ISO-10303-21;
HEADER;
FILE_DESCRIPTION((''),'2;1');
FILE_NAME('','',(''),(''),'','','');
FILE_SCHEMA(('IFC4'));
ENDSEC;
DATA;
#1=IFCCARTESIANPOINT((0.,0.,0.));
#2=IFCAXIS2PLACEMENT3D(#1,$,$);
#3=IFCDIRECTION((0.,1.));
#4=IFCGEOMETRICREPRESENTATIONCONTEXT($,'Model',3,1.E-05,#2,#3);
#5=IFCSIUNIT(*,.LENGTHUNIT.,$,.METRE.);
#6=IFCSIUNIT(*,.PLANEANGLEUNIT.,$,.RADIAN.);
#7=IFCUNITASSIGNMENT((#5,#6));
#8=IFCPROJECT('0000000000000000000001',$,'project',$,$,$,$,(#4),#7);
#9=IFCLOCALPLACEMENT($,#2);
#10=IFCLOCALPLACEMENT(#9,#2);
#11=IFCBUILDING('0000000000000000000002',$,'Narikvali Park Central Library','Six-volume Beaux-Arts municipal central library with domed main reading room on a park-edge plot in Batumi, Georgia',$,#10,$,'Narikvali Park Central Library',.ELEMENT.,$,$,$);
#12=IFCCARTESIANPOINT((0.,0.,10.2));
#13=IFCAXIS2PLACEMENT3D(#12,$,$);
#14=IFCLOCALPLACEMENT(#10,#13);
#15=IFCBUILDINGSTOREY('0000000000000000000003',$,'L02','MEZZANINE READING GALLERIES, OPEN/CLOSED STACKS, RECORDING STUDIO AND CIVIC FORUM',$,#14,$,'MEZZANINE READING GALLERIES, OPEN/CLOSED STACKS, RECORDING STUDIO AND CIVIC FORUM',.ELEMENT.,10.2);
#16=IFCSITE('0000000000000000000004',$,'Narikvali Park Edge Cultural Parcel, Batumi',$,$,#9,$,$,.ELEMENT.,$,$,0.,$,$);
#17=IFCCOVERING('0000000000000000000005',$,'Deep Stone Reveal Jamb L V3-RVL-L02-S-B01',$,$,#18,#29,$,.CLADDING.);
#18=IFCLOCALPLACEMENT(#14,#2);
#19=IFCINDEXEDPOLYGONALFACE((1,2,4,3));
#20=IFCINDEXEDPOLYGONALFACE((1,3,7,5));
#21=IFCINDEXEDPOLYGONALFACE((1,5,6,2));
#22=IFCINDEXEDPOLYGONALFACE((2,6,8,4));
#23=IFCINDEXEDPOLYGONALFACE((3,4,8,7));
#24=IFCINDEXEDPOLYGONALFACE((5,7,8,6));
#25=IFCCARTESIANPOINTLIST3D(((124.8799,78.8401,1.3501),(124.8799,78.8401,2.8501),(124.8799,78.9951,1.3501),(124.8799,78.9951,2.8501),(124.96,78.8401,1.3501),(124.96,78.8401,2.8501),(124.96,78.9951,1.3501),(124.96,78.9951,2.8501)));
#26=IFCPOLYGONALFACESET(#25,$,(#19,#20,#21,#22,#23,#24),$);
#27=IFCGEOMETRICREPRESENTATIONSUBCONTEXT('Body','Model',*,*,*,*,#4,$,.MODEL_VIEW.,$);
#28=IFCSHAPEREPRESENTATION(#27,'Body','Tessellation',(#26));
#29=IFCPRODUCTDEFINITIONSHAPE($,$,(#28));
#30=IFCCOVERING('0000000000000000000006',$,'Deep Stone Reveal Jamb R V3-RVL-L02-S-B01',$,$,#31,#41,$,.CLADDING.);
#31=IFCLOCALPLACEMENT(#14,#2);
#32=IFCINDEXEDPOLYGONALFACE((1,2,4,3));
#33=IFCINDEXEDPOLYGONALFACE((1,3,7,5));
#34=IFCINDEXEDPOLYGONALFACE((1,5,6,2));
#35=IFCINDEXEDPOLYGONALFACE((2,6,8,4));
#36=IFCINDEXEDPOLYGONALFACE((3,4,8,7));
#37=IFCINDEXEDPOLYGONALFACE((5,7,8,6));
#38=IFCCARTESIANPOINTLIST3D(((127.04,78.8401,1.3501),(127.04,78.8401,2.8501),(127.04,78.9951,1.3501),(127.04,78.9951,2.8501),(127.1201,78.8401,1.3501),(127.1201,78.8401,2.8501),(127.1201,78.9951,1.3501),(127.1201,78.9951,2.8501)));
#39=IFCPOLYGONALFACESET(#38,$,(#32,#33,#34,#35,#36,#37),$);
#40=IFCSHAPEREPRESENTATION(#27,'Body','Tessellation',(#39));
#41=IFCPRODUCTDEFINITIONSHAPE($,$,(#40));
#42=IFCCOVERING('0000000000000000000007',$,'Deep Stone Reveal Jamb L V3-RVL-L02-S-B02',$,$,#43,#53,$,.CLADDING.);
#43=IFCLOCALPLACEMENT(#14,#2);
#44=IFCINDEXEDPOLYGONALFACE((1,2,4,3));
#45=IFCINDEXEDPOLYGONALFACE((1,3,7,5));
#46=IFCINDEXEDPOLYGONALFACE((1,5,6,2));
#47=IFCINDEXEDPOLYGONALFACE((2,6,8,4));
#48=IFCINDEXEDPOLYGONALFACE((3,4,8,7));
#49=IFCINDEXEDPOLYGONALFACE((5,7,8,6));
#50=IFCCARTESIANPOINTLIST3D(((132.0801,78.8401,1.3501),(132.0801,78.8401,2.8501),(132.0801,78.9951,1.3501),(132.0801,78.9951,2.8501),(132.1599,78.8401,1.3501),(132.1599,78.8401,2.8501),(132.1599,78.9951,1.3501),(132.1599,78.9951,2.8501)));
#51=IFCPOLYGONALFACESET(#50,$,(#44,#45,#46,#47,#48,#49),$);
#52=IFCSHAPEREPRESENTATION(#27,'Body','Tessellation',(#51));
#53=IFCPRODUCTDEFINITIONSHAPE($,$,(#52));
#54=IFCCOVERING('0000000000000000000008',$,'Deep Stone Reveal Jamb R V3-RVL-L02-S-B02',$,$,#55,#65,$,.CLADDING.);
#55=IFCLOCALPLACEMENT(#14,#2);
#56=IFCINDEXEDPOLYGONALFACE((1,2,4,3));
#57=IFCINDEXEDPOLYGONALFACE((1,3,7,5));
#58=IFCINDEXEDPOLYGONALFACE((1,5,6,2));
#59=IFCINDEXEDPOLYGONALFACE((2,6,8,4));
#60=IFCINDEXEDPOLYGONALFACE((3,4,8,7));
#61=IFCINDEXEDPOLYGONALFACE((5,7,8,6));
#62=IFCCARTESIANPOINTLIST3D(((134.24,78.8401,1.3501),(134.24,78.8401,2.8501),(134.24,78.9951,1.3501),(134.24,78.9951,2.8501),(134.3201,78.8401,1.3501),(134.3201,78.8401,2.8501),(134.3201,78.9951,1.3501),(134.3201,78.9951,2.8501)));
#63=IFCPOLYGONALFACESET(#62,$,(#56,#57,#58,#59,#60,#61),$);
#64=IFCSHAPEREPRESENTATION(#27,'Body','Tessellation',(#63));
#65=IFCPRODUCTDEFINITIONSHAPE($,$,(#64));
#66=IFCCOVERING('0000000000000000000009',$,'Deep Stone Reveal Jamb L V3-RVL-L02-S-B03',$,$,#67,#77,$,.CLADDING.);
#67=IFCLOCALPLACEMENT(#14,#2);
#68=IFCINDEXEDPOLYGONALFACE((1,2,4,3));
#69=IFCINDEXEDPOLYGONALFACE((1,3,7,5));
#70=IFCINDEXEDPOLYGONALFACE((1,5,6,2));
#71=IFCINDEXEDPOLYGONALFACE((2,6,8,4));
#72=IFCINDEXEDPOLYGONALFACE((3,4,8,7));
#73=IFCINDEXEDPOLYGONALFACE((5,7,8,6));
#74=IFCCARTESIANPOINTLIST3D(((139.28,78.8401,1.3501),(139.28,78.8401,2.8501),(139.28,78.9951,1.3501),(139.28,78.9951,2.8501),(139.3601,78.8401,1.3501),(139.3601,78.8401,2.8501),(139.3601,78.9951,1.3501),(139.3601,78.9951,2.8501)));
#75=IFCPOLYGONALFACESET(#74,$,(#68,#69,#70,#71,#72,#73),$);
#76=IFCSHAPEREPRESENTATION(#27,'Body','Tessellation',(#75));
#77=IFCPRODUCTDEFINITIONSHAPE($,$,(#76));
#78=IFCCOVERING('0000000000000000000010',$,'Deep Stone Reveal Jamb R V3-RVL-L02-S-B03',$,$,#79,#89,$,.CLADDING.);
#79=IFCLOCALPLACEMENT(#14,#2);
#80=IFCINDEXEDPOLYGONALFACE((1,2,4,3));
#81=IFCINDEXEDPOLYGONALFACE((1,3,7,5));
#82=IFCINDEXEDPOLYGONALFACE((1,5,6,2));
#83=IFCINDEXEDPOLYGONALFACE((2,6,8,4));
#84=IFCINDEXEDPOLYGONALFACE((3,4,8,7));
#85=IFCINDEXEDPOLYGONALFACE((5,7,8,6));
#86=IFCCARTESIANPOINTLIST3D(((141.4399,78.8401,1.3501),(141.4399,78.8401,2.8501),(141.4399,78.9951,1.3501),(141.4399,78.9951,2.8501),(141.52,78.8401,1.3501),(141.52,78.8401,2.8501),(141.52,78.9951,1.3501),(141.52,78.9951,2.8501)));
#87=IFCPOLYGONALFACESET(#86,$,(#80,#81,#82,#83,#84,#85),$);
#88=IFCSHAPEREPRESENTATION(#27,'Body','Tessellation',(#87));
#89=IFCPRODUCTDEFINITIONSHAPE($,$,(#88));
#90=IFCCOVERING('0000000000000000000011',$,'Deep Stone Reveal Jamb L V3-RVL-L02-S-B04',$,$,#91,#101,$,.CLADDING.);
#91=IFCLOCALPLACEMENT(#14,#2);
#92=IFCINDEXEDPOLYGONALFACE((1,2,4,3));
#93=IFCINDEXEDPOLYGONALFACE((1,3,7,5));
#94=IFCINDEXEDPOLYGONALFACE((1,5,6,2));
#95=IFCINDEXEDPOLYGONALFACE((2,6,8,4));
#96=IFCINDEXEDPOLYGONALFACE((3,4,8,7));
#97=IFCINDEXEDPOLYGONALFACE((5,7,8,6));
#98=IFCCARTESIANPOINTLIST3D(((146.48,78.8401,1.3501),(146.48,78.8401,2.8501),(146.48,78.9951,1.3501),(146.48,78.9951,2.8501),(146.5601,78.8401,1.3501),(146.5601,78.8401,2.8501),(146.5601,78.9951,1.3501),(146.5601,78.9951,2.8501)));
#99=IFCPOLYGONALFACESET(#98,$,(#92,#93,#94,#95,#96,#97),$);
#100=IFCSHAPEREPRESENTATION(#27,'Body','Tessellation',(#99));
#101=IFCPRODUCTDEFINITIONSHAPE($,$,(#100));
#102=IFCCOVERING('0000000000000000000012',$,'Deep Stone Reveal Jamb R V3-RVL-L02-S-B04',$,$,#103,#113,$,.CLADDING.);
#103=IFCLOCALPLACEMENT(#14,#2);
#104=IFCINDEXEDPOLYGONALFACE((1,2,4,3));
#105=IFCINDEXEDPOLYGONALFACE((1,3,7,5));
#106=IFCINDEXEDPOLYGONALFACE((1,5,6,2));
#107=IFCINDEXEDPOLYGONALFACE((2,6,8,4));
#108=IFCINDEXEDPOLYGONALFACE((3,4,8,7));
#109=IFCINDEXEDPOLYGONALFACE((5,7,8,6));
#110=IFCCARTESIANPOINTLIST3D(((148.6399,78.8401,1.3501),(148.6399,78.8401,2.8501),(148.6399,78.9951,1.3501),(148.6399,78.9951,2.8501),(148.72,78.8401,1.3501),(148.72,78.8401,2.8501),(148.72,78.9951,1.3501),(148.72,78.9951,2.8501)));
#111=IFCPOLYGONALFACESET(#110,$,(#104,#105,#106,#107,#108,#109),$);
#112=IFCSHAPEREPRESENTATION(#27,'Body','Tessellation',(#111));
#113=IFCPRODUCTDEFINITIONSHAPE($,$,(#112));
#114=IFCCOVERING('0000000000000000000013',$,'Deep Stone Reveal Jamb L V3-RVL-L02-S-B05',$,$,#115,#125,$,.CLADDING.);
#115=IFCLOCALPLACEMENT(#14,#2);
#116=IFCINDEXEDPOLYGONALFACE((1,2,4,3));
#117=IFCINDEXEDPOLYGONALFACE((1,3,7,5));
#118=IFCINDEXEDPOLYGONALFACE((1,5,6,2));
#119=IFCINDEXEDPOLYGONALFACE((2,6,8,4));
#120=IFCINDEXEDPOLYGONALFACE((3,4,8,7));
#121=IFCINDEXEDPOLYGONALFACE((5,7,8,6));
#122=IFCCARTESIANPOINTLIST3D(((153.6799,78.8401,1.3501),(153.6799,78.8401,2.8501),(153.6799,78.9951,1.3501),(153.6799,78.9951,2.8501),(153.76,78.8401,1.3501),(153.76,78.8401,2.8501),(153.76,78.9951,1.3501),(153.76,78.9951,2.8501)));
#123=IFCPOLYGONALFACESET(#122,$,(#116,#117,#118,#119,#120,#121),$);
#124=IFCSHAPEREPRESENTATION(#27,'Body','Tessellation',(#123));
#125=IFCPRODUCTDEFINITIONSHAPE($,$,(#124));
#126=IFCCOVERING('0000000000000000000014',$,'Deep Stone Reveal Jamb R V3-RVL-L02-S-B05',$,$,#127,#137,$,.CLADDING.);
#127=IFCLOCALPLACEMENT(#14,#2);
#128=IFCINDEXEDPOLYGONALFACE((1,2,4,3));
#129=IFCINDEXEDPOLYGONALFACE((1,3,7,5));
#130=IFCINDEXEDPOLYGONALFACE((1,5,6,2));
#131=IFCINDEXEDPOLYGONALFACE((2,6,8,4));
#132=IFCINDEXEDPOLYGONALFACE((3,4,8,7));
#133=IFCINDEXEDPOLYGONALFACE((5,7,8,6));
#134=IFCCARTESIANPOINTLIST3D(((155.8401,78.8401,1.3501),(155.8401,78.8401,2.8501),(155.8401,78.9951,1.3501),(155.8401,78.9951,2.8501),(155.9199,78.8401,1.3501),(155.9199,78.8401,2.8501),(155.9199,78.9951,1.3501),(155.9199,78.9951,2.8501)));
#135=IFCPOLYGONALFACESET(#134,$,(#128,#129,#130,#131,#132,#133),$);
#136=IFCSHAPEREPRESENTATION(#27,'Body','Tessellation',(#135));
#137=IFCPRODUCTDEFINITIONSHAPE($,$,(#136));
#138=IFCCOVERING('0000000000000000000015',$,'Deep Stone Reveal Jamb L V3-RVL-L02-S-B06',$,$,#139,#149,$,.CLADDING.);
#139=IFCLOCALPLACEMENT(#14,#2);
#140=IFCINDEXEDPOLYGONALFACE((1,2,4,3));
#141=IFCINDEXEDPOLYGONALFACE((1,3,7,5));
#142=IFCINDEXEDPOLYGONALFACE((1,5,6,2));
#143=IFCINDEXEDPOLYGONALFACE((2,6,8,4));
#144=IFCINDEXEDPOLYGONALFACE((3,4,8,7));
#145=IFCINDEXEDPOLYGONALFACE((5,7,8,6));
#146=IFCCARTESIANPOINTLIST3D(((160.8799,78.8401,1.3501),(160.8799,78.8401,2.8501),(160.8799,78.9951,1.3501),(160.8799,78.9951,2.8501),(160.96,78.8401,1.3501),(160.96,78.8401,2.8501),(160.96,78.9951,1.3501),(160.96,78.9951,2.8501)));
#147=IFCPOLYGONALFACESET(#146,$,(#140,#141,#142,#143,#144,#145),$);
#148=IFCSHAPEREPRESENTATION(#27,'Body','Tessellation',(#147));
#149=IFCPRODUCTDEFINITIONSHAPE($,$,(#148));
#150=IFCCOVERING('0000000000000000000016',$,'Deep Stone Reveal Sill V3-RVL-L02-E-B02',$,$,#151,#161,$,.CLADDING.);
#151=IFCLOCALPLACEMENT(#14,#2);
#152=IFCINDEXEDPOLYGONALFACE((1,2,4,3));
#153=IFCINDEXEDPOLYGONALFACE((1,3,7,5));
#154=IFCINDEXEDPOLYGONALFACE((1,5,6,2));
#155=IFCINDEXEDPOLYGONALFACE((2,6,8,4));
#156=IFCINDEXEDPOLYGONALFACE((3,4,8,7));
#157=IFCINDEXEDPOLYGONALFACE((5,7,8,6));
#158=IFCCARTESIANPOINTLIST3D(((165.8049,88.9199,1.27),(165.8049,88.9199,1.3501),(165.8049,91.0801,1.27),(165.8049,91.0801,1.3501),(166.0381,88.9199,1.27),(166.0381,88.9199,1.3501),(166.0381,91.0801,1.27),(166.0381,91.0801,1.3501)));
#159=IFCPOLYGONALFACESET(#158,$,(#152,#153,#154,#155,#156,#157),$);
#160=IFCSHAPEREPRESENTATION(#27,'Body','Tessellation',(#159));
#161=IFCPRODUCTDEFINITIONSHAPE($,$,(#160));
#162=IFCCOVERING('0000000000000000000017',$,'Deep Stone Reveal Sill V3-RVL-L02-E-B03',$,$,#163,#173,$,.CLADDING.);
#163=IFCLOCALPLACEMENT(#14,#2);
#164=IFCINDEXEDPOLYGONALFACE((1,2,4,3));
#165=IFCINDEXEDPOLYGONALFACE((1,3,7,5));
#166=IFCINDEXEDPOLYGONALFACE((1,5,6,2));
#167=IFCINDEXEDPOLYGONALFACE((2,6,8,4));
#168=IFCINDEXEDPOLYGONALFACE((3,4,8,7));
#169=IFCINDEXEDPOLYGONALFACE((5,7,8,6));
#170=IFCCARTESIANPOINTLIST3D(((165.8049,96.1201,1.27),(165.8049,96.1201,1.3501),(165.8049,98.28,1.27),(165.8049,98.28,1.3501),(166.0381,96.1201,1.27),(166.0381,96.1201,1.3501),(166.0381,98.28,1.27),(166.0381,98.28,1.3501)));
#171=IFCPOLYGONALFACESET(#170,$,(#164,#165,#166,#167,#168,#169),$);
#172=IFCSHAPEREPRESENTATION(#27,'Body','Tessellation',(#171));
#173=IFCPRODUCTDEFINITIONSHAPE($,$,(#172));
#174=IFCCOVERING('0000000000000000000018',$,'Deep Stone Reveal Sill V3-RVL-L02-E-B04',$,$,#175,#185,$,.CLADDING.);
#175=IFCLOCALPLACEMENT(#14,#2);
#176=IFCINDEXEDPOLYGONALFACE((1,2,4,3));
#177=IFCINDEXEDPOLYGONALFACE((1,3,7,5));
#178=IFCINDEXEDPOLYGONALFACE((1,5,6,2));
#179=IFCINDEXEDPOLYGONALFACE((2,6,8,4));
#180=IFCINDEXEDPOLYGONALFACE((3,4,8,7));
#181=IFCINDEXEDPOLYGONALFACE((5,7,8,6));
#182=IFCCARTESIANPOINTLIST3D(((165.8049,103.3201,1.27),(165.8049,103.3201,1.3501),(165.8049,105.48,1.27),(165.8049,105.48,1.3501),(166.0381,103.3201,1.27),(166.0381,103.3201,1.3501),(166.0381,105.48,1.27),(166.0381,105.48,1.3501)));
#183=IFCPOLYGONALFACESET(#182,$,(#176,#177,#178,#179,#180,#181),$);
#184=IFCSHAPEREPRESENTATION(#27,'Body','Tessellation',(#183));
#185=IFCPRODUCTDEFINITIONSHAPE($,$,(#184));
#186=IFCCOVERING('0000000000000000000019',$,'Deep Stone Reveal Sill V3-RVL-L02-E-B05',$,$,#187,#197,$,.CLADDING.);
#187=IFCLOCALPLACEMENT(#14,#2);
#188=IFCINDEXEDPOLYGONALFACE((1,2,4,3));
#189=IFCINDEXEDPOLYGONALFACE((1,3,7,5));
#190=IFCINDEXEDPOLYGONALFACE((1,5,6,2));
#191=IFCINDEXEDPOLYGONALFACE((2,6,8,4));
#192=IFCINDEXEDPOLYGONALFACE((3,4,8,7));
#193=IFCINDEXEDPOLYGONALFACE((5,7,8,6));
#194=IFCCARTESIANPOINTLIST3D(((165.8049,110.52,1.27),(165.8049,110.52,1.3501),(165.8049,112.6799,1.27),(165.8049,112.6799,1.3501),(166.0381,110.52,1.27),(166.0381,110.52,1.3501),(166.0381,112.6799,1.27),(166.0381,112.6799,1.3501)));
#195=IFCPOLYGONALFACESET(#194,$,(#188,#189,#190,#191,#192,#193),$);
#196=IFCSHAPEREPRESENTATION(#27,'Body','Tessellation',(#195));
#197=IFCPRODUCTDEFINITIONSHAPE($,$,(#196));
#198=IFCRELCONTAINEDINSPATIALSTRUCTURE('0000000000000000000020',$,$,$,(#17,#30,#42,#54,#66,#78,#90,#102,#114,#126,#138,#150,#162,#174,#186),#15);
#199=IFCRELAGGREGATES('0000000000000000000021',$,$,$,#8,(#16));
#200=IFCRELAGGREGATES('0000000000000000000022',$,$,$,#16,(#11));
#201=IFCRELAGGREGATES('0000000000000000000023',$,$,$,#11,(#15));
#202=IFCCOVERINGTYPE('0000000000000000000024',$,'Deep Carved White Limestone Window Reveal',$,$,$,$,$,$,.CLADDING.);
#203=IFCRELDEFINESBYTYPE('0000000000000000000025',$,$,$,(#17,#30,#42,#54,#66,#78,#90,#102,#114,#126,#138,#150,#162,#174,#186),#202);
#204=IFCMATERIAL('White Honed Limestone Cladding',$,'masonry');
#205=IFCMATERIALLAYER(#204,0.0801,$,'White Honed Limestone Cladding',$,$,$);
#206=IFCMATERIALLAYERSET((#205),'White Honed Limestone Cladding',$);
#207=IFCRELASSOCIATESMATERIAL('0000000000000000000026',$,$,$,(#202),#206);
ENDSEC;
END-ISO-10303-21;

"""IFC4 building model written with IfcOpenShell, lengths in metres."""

from ifc_helpers import new_model, si_unit, direction, frame, origin, place, context, subcontext, project, spatial, polyline, outline, extrude, material, layer, layer_set, type_object, element, save


model = new_model("IFC4")

# Units and contexts
model_context = context("Model", 3, precision=1e-05, world=origin(), true_north=direction((0.0, 1.0)))
body_context = subcontext(model_context, "Body", "Model", "MODEL_VIEW")
ifc_project = project(units=[si_unit("LENGTHUNIT", "METRE"), si_unit("PLANEANGLEUNIT", "RADIAN")], contexts=[model_context])

# Site, building, storey
site_placement = place(None, origin())
site = spatial("IfcSite", under=ifc_project, at=site_placement, Name="Narikvali Park Edge Cultural Parcel, Batumi", CompositionType="ELEMENT", RefElevation=0.0)
building_placement = place(site_placement, origin())
building = spatial("IfcBuilding", under=site, at=building_placement, Name="Narikvali Park Central Library", Description="Six-volume Beaux-Arts municipal central library with domed main reading room on a park-edge plot in Batumi, Georgia", LongName="Narikvali Park Central Library", CompositionType="ELEMENT")
storey_placement = place(building_placement, frame((0.0, 0.0, 10.2)))
storey = spatial("IfcBuildingStorey", under=building, at=storey_placement, Name="L02", Description="MEZZANINE READING GALLERIES, OPEN/CLOSED STACKS, RECORDING STUDIO AND CIVIC FORUM", LongName="MEZZANINE READING GALLERIES, OPEN/CLOSED STACKS, RECORDING STUDIO AND CIVIC FORUM", CompositionType="ELEMENT", Elevation=10.2)

# Coverings
ifc_material = material(Name="White Honed Limestone Cladding", Category="masonry")
ifc_layer = layer(ifc_material, 0.0801, Name="White Honed Limestone Cladding")
ifc_layer_set = layer_set([ifc_layer], Name="White Honed Limestone Cladding")
covering_type = type_object("IfcCoveringType", Name="Deep Carved White Limestone Window Reveal", PredefinedType="CLADDING", material=ifc_layer_set)
covering_1_placement = place(storey_placement, frame((0.0, 0.0, 1.3501)))
element("IfcCovering", 1, at=covering_1_placement, inside=storey, type_object=covering_type, Name="Deep Stone Reveal Jamb L V3-RVL-L02-S-B01", PredefinedType="CLADDING", context=body_context, shape_type="SweptSolid", body=[
    extrude(outline(polyline([(124.8799, 78.9951), (124.96, 78.9951), (124.96, 78.8401), (124.8799, 78.8401), (124.8799, 78.9951)])), origin(), (0.0, 0.0, 1.0), 1.5),
])
covering_2_placement = place(storey_placement, frame((0.0, 0.0, 1.3501)))
element("IfcCovering", 2, at=covering_2_placement, inside=storey, type_object=covering_type, Name="Deep Stone Reveal Jamb R V3-RVL-L02-S-B01", PredefinedType="CLADDING", context=body_context, shape_type="SweptSolid", body=[
    extrude(outline(polyline([(127.04, 78.9951), (127.1201, 78.9951), (127.1201, 78.8401), (127.04, 78.8401), (127.04, 78.9951)])), origin(), (0.0, 0.0, 1.0), 1.5),
])
covering_3_placement = place(storey_placement, frame((0.0, 0.0, 1.3501)))
element("IfcCovering", 3, at=covering_3_placement, inside=storey, type_object=covering_type, Name="Deep Stone Reveal Jamb L V3-RVL-L02-S-B02", PredefinedType="CLADDING", context=body_context, shape_type="SweptSolid", body=[
    extrude(outline(polyline([(132.0801, 78.9951), (132.1599, 78.9951), (132.1599, 78.8401), (132.0801, 78.8401), (132.0801, 78.9951)])), origin(), (0.0, 0.0, 1.0), 1.5),
])
covering_4_placement = place(storey_placement, frame((0.0, 0.0, 1.3501)))
element("IfcCovering", 4, at=covering_4_placement, inside=storey, type_object=covering_type, Name="Deep Stone Reveal Jamb R V3-RVL-L02-S-B02", PredefinedType="CLADDING", context=body_context, shape_type="SweptSolid", body=[
    extrude(outline(polyline([(134.24, 78.9951), (134.3201, 78.9951), (134.3201, 78.8401), (134.24, 78.8401), (134.24, 78.9951)])), origin(), (0.0, 0.0, 1.0), 1.5),
])
covering_5_placement = place(storey_placement, frame((0.0, 0.0, 1.3501)))
element("IfcCovering", 5, at=covering_5_placement, inside=storey, type_object=covering_type, Name="Deep Stone Reveal Jamb L V3-RVL-L02-S-B03", PredefinedType="CLADDING", context=body_context, shape_type="SweptSolid", body=[
    extrude(outline(polyline([(139.28, 78.9951), (139.3601, 78.9951), (139.3601, 78.8401), (139.28, 78.8401), (139.28, 78.9951)])), origin(), (0.0, 0.0, 1.0), 1.5),
])
covering_6_placement = place(storey_placement, frame((0.0, 0.0, 1.3501)))
element("IfcCovering", 6, at=covering_6_placement, inside=storey, type_object=covering_type, Name="Deep Stone Reveal Jamb R V3-RVL-L02-S-B03", PredefinedType="CLADDING", context=body_context, shape_type="SweptSolid", body=[
    extrude(outline(polyline([(141.4399, 78.9951), (141.52, 78.9951), (141.52, 78.8401), (141.4399, 78.8401), (141.4399, 78.9951)])), origin(), (0.0, 0.0, 1.0), 1.5),
])
covering_7_placement = place(storey_placement, frame((0.0, 0.0, 1.3501)))
element("IfcCovering", 7, at=covering_7_placement, inside=storey, type_object=covering_type, Name="Deep Stone Reveal Jamb L V3-RVL-L02-S-B04", PredefinedType="CLADDING", context=body_context, shape_type="SweptSolid", body=[
    extrude(outline(polyline([(146.48, 78.9951), (146.5601, 78.9951), (146.5601, 78.8401), (146.48, 78.8401), (146.48, 78.9951)])), origin(), (0.0, 0.0, 1.0), 1.5),
])
covering_8_placement = place(storey_placement, frame((0.0, 0.0, 1.3501)))
element("IfcCovering", 8, at=covering_8_placement, inside=storey, type_object=covering_type, Name="Deep Stone Reveal Jamb R V3-RVL-L02-S-B04", PredefinedType="CLADDING", context=body_context, shape_type="SweptSolid", body=[
    extrude(outline(polyline([(148.6399, 78.9951), (148.72, 78.9951), (148.72, 78.8401), (148.6399, 78.8401), (148.6399, 78.9951)])), origin(), (0.0, 0.0, 1.0), 1.5),
])
covering_9_placement = place(storey_placement, frame((0.0, 0.0, 1.3501)))
element("IfcCovering", 9, at=covering_9_placement, inside=storey, type_object=covering_type, Name="Deep Stone Reveal Jamb L V3-RVL-L02-S-B05", PredefinedType="CLADDING", context=body_context, shape_type="SweptSolid", body=[
    extrude(outline(polyline([(153.6799, 78.9951), (153.76, 78.9951), (153.76, 78.8401), (153.6799, 78.8401), (153.6799, 78.9951)])), origin(), (0.0, 0.0, 1.0), 1.5),
])
covering_10_placement = place(storey_placement, frame((0.0, 0.0, 1.3501)))
element("IfcCovering", 10, at=covering_10_placement, inside=storey, type_object=covering_type, Name="Deep Stone Reveal Jamb R V3-RVL-L02-S-B05", PredefinedType="CLADDING", context=body_context, shape_type="SweptSolid", body=[
    extrude(outline(polyline([(155.8401, 78.9951), (155.9199, 78.9951), (155.9199, 78.8401), (155.8401, 78.8401), (155.8401, 78.9951)])), origin(), (0.0, 0.0, 1.0), 1.5),
])
covering_11_placement = place(storey_placement, frame((0.0, 0.0, 1.3501)))
element("IfcCovering", 11, at=covering_11_placement, inside=storey, type_object=covering_type, Name="Deep Stone Reveal Jamb L V3-RVL-L02-S-B06", PredefinedType="CLADDING", context=body_context, shape_type="SweptSolid", body=[
    extrude(outline(polyline([(160.8799, 78.9951), (160.96, 78.9951), (160.96, 78.8401), (160.8799, 78.8401), (160.8799, 78.9951)])), origin(), (0.0, 0.0, 1.0), 1.5),
])
covering_12_placement = place(storey_placement, frame((0.0, 0.0, 1.27)))
element("IfcCovering", 12, at=covering_12_placement, inside=storey, type_object=covering_type, Name="Deep Stone Reveal Sill V3-RVL-L02-E-B02", PredefinedType="CLADDING", context=body_context, shape_type="SweptSolid", body=[
    extrude(outline(polyline([(165.8049, 88.9199), (165.8049, 91.0801), (166.0381, 91.0801), (166.0381, 88.9199), (165.8049, 88.9199)])), origin(), (0.0, 0.0, 1.0), 0.0801),
])
covering_13_placement = place(storey_placement, frame((0.0, 0.0, 1.27)))
element("IfcCovering", 13, at=covering_13_placement, inside=storey, type_object=covering_type, Name="Deep Stone Reveal Sill V3-RVL-L02-E-B03", PredefinedType="CLADDING", context=body_context, shape_type="SweptSolid", body=[
    extrude(outline(polyline([(165.8049, 96.1201), (165.8049, 98.28), (166.0381, 98.28), (166.0381, 96.1201), (165.8049, 96.1201)])), origin(), (0.0, 0.0, 1.0), 0.0801),
])
covering_14_placement = place(storey_placement, frame((0.0, 0.0, 1.27)))
element("IfcCovering", 14, at=covering_14_placement, inside=storey, type_object=covering_type, Name="Deep Stone Reveal Sill V3-RVL-L02-E-B04", PredefinedType="CLADDING", context=body_context, shape_type="SweptSolid", body=[
    extrude(outline(polyline([(165.8049, 103.3201), (165.8049, 105.48), (166.0381, 105.48), (166.0381, 103.3201), (165.8049, 103.3201)])), origin(), (0.0, 0.0, 1.0), 0.0801),
])
covering_15_placement = place(storey_placement, frame((0.0, 0.0, 1.27)))
element("IfcCovering", 15, at=covering_15_placement, inside=storey, type_object=covering_type, Name="Deep Stone Reveal Sill V3-RVL-L02-E-B05", PredefinedType="CLADDING", context=body_context, shape_type="SweptSolid", body=[
    extrude(outline(polyline([(165.8049, 110.52), (165.8049, 112.6799), (166.0381, 112.6799), (166.0381, 110.52), (165.8049, 110.52)])), origin(), (0.0, 0.0, 1.0), 0.0801),
])

save(model, "model.ifc")
